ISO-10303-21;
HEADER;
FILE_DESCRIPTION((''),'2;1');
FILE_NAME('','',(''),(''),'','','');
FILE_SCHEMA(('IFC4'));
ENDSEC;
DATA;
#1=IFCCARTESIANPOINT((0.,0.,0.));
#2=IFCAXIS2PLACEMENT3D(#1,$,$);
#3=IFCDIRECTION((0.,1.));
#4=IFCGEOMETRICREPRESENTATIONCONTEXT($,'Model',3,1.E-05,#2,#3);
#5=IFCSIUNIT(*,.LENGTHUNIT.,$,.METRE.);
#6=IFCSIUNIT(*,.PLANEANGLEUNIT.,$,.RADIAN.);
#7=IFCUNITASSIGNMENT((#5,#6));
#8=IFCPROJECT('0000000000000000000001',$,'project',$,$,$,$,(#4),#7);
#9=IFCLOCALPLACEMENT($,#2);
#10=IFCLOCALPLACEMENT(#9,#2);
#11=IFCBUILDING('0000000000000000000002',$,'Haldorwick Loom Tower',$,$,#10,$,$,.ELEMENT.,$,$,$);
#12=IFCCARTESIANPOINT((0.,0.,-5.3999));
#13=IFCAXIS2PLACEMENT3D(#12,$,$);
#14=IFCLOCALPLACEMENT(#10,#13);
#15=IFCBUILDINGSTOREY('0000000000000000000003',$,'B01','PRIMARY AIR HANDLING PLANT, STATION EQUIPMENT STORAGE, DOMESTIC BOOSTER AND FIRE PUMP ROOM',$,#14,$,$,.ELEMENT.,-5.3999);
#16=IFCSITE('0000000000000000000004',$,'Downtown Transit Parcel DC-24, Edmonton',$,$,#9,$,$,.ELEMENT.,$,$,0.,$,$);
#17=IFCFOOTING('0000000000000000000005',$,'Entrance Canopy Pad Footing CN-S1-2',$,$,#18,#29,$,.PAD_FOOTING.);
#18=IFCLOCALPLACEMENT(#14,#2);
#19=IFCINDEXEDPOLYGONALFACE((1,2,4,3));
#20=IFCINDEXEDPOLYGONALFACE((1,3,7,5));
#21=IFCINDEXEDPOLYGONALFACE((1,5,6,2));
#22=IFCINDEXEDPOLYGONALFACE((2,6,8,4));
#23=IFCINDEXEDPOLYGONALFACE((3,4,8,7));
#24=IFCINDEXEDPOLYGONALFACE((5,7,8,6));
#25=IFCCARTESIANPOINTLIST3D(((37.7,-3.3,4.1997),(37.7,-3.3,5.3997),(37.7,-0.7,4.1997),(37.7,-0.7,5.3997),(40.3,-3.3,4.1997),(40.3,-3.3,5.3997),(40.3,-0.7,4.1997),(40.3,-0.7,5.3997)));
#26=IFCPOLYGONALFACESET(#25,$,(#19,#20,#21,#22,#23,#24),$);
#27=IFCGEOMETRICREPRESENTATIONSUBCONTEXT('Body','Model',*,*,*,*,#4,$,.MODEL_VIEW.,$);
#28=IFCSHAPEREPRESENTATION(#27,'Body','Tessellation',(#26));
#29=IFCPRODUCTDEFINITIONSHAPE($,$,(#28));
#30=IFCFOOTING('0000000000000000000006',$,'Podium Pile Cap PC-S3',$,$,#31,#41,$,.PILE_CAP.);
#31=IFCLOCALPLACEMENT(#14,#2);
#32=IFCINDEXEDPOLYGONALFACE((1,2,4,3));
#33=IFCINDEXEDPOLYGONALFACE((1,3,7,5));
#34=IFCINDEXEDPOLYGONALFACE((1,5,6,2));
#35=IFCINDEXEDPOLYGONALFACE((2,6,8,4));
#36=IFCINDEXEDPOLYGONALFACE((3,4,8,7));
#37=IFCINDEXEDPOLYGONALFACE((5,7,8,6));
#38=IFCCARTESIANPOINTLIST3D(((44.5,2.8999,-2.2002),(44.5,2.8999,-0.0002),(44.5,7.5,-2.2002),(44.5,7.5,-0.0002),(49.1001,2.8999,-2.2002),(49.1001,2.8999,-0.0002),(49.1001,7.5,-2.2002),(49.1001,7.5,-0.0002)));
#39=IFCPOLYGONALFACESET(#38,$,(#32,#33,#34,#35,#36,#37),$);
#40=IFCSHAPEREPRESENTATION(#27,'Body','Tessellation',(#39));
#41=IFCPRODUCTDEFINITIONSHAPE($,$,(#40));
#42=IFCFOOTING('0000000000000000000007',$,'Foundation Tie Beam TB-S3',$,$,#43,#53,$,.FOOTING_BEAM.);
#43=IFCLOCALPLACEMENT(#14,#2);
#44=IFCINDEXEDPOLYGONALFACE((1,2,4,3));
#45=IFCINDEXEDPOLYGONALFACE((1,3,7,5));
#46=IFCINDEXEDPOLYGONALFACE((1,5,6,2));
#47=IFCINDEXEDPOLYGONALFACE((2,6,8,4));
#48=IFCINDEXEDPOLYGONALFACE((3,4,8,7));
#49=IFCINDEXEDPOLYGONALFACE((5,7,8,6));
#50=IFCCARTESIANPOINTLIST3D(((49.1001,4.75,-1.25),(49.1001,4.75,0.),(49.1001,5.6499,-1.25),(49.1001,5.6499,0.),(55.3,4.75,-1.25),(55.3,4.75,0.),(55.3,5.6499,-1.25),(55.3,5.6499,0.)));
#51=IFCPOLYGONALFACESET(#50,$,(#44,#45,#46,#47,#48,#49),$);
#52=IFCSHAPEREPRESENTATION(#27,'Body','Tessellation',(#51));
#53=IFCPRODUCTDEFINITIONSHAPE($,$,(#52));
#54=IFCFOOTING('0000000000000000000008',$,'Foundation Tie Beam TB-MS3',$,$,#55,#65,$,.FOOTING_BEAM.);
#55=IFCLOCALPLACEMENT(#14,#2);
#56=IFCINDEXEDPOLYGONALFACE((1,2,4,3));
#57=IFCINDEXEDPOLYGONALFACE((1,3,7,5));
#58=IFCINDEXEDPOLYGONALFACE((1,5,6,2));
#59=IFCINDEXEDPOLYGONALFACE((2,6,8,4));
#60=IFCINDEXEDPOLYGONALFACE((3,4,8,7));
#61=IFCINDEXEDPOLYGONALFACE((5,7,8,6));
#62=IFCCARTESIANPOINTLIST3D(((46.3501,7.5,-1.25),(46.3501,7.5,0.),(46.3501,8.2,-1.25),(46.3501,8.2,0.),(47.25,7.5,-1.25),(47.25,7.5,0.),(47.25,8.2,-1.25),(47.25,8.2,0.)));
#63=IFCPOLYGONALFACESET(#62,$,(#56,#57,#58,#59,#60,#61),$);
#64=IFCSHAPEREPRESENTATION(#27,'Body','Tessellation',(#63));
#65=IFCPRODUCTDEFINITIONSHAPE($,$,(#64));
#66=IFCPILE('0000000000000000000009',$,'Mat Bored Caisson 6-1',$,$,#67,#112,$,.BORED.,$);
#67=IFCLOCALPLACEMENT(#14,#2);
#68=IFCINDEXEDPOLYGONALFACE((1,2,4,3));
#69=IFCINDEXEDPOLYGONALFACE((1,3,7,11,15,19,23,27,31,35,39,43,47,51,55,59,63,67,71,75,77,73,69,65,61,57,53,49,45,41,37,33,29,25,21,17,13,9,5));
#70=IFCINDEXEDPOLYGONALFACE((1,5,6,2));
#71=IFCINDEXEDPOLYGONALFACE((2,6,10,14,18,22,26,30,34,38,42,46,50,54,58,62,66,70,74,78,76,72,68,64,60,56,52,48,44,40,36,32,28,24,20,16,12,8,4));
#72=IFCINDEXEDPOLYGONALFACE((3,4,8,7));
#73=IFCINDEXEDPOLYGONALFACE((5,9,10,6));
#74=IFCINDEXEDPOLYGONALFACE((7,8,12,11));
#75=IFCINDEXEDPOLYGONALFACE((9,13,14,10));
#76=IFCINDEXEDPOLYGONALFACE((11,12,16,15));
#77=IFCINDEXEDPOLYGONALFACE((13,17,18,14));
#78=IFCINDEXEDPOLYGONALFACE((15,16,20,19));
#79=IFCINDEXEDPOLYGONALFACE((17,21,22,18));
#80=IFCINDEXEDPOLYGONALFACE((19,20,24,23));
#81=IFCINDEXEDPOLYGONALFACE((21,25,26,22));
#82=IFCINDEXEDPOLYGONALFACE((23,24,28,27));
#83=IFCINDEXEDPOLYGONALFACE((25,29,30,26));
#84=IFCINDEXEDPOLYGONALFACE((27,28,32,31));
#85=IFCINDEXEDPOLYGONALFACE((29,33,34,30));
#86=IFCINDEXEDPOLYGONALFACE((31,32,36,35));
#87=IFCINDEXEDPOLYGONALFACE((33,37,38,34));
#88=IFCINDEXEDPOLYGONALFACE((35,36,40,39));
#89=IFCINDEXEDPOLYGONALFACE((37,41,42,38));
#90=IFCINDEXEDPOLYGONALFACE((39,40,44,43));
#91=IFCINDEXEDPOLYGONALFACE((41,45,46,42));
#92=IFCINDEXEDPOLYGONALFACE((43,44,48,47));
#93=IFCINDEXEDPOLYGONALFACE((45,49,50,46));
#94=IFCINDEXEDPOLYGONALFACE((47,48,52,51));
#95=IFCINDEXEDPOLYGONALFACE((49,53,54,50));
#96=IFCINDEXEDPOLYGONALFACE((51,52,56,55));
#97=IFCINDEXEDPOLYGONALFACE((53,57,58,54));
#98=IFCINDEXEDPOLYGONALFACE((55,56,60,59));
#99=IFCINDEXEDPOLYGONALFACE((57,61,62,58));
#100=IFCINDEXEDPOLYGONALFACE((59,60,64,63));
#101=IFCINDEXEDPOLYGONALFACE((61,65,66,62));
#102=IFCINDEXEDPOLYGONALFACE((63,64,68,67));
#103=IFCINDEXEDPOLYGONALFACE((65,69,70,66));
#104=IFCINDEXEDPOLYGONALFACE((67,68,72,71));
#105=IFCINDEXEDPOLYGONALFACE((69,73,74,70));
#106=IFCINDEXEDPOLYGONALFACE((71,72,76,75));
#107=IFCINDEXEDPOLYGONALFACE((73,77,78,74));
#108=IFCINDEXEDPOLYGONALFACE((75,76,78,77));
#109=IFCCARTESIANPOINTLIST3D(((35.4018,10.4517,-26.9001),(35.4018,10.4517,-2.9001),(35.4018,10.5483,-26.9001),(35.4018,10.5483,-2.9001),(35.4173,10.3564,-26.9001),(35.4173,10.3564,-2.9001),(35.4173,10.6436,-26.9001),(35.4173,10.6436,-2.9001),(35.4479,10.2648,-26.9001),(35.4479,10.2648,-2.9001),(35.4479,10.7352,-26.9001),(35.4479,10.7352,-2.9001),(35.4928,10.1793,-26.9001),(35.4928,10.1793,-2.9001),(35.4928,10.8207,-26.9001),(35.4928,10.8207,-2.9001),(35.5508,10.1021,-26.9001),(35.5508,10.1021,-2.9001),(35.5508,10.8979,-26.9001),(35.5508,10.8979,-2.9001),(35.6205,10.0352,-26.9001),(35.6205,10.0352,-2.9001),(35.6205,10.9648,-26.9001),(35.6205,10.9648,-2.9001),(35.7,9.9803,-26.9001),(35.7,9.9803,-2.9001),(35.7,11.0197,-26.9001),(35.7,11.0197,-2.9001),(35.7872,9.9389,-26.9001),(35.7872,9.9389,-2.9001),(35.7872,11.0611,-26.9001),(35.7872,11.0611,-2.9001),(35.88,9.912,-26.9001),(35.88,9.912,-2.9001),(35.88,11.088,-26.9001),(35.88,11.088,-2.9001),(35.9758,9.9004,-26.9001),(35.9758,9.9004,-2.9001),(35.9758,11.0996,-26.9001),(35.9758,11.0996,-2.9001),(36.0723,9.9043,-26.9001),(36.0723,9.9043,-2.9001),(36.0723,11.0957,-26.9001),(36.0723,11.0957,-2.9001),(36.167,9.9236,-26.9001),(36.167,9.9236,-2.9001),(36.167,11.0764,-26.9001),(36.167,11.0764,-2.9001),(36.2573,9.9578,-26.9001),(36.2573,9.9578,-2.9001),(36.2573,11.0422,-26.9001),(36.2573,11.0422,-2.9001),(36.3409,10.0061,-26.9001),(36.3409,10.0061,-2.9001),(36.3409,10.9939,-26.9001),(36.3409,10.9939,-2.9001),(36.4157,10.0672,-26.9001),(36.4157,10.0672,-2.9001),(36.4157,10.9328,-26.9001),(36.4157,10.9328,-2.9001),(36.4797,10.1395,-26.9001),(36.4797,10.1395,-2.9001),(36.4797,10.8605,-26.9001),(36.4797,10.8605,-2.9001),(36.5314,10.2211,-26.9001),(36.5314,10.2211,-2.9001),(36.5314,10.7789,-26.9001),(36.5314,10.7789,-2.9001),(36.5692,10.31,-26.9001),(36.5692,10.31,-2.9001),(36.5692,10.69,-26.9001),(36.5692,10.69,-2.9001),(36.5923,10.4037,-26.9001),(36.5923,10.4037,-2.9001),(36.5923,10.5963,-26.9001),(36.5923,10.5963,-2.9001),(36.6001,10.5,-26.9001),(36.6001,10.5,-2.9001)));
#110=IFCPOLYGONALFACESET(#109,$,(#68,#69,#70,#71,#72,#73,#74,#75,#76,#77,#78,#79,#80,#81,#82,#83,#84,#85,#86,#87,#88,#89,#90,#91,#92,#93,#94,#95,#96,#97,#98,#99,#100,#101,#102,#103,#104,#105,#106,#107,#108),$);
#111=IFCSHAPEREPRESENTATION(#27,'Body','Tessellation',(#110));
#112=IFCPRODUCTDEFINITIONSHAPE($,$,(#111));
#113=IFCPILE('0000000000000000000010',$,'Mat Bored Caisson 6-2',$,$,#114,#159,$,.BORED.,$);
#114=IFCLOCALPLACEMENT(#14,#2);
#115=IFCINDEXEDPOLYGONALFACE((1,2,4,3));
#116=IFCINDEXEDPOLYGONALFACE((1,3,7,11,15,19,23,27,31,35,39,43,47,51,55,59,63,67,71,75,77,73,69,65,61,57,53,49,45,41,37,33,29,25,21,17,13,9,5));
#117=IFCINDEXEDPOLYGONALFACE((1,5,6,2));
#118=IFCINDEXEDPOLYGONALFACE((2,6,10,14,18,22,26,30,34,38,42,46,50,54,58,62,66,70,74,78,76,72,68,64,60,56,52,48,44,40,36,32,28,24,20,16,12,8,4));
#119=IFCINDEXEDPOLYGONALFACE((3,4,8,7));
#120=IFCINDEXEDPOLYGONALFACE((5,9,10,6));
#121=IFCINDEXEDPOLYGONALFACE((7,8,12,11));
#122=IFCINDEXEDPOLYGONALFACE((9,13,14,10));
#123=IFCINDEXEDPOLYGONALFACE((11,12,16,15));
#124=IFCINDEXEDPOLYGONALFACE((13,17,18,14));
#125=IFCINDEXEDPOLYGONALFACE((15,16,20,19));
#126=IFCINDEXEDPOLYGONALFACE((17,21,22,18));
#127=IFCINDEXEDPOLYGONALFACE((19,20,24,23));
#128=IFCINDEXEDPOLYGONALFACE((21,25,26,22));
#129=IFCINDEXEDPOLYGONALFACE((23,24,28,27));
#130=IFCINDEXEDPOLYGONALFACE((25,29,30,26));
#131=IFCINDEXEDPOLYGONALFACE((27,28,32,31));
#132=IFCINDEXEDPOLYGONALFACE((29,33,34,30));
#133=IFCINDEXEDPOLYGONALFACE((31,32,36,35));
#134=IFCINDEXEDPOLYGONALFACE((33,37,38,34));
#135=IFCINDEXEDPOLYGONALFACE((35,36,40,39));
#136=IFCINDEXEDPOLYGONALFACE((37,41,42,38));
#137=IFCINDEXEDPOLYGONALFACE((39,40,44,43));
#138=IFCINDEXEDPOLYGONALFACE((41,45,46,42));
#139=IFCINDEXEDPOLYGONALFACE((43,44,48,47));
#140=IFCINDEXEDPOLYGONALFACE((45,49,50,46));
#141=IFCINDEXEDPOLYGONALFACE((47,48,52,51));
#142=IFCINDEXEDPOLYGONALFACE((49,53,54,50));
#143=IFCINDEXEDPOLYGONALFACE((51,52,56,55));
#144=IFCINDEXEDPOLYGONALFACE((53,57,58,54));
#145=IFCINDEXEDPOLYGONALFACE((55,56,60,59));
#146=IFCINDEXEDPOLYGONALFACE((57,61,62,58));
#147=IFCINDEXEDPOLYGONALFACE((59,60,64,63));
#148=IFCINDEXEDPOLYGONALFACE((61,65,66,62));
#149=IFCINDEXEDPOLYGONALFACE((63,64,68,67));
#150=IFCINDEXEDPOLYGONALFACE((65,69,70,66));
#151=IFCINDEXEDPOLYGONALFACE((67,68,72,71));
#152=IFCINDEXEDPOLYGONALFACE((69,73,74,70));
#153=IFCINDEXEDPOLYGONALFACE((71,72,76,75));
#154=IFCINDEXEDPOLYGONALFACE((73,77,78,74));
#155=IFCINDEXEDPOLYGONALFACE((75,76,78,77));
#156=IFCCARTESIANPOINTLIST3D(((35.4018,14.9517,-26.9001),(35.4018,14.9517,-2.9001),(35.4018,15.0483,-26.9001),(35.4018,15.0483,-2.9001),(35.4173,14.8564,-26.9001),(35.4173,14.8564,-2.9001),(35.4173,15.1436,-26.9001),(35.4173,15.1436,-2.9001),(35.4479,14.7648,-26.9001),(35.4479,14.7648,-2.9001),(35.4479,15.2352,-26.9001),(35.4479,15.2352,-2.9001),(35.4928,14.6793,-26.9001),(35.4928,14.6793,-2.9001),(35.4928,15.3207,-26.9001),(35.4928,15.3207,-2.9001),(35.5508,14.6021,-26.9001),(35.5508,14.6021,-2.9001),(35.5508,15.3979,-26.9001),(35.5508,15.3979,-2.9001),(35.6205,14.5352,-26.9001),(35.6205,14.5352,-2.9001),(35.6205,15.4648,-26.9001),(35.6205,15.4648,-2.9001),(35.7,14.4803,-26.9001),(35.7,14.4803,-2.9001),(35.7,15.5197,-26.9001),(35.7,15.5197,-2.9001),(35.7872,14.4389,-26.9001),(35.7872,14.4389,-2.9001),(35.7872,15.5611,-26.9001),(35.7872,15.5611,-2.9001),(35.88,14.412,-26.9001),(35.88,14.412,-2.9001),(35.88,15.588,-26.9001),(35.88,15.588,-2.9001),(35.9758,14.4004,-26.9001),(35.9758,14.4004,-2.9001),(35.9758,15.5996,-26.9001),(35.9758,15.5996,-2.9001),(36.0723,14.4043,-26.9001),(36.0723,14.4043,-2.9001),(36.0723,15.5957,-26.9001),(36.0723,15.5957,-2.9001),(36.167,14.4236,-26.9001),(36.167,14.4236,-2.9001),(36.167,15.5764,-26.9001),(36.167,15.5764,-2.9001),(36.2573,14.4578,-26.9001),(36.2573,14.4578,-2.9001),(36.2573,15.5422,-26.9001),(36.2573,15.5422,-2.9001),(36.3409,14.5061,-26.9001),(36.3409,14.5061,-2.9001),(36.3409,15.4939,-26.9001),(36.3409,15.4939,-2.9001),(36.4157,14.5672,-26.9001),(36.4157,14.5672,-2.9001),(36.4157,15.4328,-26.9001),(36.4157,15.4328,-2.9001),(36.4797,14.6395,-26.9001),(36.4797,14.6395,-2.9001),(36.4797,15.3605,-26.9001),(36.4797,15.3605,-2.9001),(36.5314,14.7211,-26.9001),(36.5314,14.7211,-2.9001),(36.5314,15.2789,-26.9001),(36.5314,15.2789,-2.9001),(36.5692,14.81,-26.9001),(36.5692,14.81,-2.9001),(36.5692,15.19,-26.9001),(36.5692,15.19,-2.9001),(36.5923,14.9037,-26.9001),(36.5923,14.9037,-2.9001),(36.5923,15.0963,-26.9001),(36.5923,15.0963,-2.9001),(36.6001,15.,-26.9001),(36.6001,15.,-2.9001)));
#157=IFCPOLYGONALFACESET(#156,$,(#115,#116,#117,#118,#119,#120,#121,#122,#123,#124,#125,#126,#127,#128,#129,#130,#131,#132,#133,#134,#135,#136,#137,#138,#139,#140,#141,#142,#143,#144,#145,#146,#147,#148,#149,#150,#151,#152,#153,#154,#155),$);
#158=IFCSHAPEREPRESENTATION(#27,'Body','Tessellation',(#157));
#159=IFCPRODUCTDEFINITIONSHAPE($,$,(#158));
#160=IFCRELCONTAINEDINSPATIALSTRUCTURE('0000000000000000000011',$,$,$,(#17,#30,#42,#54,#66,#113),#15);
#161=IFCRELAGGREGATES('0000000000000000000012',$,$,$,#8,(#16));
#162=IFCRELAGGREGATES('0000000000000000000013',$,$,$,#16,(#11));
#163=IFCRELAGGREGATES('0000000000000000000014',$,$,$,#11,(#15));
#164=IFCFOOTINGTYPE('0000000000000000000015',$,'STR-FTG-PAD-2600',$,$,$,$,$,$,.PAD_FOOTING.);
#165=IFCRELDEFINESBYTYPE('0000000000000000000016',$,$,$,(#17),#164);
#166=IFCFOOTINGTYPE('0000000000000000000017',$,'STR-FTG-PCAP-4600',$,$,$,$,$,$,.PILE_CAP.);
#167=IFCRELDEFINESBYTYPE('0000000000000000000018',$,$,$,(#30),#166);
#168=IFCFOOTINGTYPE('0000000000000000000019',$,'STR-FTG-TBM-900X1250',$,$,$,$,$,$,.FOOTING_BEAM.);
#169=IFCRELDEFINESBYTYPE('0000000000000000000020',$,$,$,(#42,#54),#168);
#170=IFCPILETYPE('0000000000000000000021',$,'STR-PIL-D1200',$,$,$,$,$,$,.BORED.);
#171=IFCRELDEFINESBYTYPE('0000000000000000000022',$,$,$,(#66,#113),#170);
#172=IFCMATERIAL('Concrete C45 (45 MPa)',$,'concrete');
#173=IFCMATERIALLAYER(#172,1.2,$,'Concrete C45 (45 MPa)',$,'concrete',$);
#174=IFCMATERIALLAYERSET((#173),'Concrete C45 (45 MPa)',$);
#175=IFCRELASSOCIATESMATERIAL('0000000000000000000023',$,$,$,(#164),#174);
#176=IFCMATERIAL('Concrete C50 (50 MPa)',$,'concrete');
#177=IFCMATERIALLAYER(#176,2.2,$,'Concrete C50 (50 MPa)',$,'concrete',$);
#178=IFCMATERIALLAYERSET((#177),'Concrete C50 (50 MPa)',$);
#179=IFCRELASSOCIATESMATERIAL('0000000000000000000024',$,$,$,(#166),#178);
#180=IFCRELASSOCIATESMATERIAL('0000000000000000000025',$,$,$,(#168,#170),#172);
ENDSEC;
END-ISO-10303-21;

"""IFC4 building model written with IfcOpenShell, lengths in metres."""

from ifc_helpers import new_model, si_unit, direction, frame, origin, origin_2d, place, context, subcontext, project, spatial, rectangle, circle, extrude, material, layer, layer_set, material_profile, profile_set, type_object, element, save


model = new_model("IFC4")

# Units and contexts
model_context = context("Model", 3, precision=1e-05, world=origin(), true_north=direction((0.0, 1.0)))
body_context = subcontext(model_context, "Body", "Model", "MODEL_VIEW")
ifc_project = project(units=[si_unit("LENGTHUNIT", "METRE"), si_unit("PLANEANGLEUNIT", "RADIAN")], contexts=[model_context])

# Site, building, storey
site_placement = place(None, origin())
site = spatial("IfcSite", under=ifc_project, at=site_placement, Name="Downtown Transit Parcel DC-24, Edmonton", CompositionType="ELEMENT", RefElevation=0.0)
building_placement = place(site_placement, origin())
building = spatial("IfcBuilding", under=site, at=building_placement, Name="Haldorwick Loom Tower", CompositionType="ELEMENT")
storey_placement = place(building_placement, frame((0.0, 0.0, -5.3999)))
storey = spatial("IfcBuildingStorey", under=building, at=storey_placement, Name="B01", Description="PRIMARY AIR HANDLING PLANT, STATION EQUIPMENT STORAGE, DOMESTIC BOOSTER AND FIRE PUMP ROOM", CompositionType="ELEMENT", Elevation=-5.3999)

# Footings
ifc_material_1 = material(Name="Concrete C45 (45 MPa)", Category="concrete")
ifc_layer_1 = layer(ifc_material_1, 1.2, Name="Concrete C45 (45 MPa)", Category="concrete")
ifc_layer_set_1 = layer_set([ifc_layer_1], Name="Concrete C45 (45 MPa)")
footing_type_1 = type_object("IfcFootingType", Name="STR-FTG-PAD-2600", PredefinedType="PAD_FOOTING", material=ifc_layer_set_1)
footing_1_placement = place(storey_placement, frame((39.0, -2.0, 4.1997), z_axis=(0.0, 0.0, 1.0), x_axis=(1.0, 0.0, 0.0)))
element("IfcFooting", 1, at=footing_1_placement, inside=storey, type_object=footing_type_1, Name="Entrance Canopy Pad Footing CN-S1-2", PredefinedType="PAD_FOOTING", context=body_context, shape_type="SweptSolid", body=[
    extrude(rectangle(XDim=2.6001, YDim=2.6001, at=origin_2d()), origin(), (0.0, 0.0, 1.0), 1.2),
])
ifc_material_2 = material(Name="Concrete C50 (50 MPa)", Category="concrete")
ifc_layer_2 = layer(ifc_material_2, 2.2, Name="Concrete C50 (50 MPa)", Category="concrete")
ifc_layer_set_2 = layer_set([ifc_layer_2], Name="Concrete C50 (50 MPa)")
footing_type_2 = type_object("IfcFootingType", Name="STR-FTG-PCAP-4600", PredefinedType="PILE_CAP", material=ifc_layer_set_2)
footing_2_placement = place(storey_placement, frame((46.8, 5.2, -2.2002), z_axis=(0.0, 0.0, 1.0), x_axis=(1.0, 0.0, 0.0)))
element("IfcFooting", 2, at=footing_2_placement, inside=storey, type_object=footing_type_2, Name="Podium Pile Cap PC-S3", PredefinedType="PILE_CAP", context=body_context, shape_type="SweptSolid", body=[
    extrude(rectangle(XDim=4.6001, YDim=4.6001, at=origin_2d()), origin(), (0.0, 0.0, 1.0), 2.2),
])
ifc_material_profile_1 = material_profile(ifc_material_1, rectangle(XDim=0.8999, YDim=1.25, at=origin_2d()), Name="RC900X1250", Category="concrete")
ifc_profile_set_1 = profile_set([ifc_material_profile_1], Name="Concrete C45 (45 MPa)")
footing_type_3 = type_object("IfcFootingType", Name="STR-FTG-TBM-900X1250", PredefinedType="FOOTING_BEAM", material=ifc_profile_set_1)
footing_3_placement = place(storey_placement, frame((49.1001, 5.2, -0.625), z_axis=(1.0, 0.0, 0.0), x_axis=(0.0, 1.0, 0.0)))
element("IfcFooting", 3, at=footing_3_placement, inside=storey, type_object=footing_type_3, Name="Foundation Tie Beam TB-S3", PredefinedType="FOOTING_BEAM", context=body_context, shape_type="SweptSolid", body=[
    extrude(rectangle(XDim=0.8999, YDim=1.25, at=origin_2d()), origin(), (0.0, 0.0, 1.0), 6.2),
])
footing_4_placement = place(storey_placement, frame((46.8, 7.5, -0.625), z_axis=(0.0, 1.0, 0.0), x_axis=(-1.0, 0.0, 0.0)))
element("IfcFooting", 4, at=footing_4_placement, inside=storey, type_object=footing_type_3, Name="Foundation Tie Beam TB-MS3", PredefinedType="FOOTING_BEAM", context=body_context, shape_type="SweptSolid", body=[
    extrude(rectangle(XDim=0.8999, YDim=1.25, at=origin_2d()), origin(), (0.0, 0.0, 1.0), 0.7),
])

# Piles
ifc_material_profile_2 = material_profile(ifc_material_1, circle(Radius=0.6001, at=origin_2d()), Name="CAISSON_D1200", Category="concrete")
ifc_profile_set_2 = profile_set([ifc_material_profile_2], Name="Concrete C45 (45 MPa)")
pile_type = type_object("IfcPileType", Name="STR-PIL-D1200", PredefinedType="BORED", material=ifc_profile_set_2)
for number, where, z_axis, x_axis, name in (
    (5, (36.0, 10.5, -2.9001), (0.0, 0.0, -1.0), (1.0, 0.0, 0.0), "Mat Bored Caisson 6-1"),
    (6, (36.0, 15.0, -2.9001), (0.0, 0.0, -1.0), (1.0, 0.0, 0.0), "Mat Bored Caisson 6-2"),
):
    element("IfcPile", number, at=place(storey_placement, frame(where, z_axis=z_axis, x_axis=x_axis)), inside=storey, type_object=pile_type, Name=name, PredefinedType="BORED", context=body_context, shape_type="SweptSolid", body=[
        extrude(circle(Radius=0.6001, at=origin_2d()), origin(), (0.0, 0.0, 1.0), 24.0),
    ])

save(model, "model.ifc")
